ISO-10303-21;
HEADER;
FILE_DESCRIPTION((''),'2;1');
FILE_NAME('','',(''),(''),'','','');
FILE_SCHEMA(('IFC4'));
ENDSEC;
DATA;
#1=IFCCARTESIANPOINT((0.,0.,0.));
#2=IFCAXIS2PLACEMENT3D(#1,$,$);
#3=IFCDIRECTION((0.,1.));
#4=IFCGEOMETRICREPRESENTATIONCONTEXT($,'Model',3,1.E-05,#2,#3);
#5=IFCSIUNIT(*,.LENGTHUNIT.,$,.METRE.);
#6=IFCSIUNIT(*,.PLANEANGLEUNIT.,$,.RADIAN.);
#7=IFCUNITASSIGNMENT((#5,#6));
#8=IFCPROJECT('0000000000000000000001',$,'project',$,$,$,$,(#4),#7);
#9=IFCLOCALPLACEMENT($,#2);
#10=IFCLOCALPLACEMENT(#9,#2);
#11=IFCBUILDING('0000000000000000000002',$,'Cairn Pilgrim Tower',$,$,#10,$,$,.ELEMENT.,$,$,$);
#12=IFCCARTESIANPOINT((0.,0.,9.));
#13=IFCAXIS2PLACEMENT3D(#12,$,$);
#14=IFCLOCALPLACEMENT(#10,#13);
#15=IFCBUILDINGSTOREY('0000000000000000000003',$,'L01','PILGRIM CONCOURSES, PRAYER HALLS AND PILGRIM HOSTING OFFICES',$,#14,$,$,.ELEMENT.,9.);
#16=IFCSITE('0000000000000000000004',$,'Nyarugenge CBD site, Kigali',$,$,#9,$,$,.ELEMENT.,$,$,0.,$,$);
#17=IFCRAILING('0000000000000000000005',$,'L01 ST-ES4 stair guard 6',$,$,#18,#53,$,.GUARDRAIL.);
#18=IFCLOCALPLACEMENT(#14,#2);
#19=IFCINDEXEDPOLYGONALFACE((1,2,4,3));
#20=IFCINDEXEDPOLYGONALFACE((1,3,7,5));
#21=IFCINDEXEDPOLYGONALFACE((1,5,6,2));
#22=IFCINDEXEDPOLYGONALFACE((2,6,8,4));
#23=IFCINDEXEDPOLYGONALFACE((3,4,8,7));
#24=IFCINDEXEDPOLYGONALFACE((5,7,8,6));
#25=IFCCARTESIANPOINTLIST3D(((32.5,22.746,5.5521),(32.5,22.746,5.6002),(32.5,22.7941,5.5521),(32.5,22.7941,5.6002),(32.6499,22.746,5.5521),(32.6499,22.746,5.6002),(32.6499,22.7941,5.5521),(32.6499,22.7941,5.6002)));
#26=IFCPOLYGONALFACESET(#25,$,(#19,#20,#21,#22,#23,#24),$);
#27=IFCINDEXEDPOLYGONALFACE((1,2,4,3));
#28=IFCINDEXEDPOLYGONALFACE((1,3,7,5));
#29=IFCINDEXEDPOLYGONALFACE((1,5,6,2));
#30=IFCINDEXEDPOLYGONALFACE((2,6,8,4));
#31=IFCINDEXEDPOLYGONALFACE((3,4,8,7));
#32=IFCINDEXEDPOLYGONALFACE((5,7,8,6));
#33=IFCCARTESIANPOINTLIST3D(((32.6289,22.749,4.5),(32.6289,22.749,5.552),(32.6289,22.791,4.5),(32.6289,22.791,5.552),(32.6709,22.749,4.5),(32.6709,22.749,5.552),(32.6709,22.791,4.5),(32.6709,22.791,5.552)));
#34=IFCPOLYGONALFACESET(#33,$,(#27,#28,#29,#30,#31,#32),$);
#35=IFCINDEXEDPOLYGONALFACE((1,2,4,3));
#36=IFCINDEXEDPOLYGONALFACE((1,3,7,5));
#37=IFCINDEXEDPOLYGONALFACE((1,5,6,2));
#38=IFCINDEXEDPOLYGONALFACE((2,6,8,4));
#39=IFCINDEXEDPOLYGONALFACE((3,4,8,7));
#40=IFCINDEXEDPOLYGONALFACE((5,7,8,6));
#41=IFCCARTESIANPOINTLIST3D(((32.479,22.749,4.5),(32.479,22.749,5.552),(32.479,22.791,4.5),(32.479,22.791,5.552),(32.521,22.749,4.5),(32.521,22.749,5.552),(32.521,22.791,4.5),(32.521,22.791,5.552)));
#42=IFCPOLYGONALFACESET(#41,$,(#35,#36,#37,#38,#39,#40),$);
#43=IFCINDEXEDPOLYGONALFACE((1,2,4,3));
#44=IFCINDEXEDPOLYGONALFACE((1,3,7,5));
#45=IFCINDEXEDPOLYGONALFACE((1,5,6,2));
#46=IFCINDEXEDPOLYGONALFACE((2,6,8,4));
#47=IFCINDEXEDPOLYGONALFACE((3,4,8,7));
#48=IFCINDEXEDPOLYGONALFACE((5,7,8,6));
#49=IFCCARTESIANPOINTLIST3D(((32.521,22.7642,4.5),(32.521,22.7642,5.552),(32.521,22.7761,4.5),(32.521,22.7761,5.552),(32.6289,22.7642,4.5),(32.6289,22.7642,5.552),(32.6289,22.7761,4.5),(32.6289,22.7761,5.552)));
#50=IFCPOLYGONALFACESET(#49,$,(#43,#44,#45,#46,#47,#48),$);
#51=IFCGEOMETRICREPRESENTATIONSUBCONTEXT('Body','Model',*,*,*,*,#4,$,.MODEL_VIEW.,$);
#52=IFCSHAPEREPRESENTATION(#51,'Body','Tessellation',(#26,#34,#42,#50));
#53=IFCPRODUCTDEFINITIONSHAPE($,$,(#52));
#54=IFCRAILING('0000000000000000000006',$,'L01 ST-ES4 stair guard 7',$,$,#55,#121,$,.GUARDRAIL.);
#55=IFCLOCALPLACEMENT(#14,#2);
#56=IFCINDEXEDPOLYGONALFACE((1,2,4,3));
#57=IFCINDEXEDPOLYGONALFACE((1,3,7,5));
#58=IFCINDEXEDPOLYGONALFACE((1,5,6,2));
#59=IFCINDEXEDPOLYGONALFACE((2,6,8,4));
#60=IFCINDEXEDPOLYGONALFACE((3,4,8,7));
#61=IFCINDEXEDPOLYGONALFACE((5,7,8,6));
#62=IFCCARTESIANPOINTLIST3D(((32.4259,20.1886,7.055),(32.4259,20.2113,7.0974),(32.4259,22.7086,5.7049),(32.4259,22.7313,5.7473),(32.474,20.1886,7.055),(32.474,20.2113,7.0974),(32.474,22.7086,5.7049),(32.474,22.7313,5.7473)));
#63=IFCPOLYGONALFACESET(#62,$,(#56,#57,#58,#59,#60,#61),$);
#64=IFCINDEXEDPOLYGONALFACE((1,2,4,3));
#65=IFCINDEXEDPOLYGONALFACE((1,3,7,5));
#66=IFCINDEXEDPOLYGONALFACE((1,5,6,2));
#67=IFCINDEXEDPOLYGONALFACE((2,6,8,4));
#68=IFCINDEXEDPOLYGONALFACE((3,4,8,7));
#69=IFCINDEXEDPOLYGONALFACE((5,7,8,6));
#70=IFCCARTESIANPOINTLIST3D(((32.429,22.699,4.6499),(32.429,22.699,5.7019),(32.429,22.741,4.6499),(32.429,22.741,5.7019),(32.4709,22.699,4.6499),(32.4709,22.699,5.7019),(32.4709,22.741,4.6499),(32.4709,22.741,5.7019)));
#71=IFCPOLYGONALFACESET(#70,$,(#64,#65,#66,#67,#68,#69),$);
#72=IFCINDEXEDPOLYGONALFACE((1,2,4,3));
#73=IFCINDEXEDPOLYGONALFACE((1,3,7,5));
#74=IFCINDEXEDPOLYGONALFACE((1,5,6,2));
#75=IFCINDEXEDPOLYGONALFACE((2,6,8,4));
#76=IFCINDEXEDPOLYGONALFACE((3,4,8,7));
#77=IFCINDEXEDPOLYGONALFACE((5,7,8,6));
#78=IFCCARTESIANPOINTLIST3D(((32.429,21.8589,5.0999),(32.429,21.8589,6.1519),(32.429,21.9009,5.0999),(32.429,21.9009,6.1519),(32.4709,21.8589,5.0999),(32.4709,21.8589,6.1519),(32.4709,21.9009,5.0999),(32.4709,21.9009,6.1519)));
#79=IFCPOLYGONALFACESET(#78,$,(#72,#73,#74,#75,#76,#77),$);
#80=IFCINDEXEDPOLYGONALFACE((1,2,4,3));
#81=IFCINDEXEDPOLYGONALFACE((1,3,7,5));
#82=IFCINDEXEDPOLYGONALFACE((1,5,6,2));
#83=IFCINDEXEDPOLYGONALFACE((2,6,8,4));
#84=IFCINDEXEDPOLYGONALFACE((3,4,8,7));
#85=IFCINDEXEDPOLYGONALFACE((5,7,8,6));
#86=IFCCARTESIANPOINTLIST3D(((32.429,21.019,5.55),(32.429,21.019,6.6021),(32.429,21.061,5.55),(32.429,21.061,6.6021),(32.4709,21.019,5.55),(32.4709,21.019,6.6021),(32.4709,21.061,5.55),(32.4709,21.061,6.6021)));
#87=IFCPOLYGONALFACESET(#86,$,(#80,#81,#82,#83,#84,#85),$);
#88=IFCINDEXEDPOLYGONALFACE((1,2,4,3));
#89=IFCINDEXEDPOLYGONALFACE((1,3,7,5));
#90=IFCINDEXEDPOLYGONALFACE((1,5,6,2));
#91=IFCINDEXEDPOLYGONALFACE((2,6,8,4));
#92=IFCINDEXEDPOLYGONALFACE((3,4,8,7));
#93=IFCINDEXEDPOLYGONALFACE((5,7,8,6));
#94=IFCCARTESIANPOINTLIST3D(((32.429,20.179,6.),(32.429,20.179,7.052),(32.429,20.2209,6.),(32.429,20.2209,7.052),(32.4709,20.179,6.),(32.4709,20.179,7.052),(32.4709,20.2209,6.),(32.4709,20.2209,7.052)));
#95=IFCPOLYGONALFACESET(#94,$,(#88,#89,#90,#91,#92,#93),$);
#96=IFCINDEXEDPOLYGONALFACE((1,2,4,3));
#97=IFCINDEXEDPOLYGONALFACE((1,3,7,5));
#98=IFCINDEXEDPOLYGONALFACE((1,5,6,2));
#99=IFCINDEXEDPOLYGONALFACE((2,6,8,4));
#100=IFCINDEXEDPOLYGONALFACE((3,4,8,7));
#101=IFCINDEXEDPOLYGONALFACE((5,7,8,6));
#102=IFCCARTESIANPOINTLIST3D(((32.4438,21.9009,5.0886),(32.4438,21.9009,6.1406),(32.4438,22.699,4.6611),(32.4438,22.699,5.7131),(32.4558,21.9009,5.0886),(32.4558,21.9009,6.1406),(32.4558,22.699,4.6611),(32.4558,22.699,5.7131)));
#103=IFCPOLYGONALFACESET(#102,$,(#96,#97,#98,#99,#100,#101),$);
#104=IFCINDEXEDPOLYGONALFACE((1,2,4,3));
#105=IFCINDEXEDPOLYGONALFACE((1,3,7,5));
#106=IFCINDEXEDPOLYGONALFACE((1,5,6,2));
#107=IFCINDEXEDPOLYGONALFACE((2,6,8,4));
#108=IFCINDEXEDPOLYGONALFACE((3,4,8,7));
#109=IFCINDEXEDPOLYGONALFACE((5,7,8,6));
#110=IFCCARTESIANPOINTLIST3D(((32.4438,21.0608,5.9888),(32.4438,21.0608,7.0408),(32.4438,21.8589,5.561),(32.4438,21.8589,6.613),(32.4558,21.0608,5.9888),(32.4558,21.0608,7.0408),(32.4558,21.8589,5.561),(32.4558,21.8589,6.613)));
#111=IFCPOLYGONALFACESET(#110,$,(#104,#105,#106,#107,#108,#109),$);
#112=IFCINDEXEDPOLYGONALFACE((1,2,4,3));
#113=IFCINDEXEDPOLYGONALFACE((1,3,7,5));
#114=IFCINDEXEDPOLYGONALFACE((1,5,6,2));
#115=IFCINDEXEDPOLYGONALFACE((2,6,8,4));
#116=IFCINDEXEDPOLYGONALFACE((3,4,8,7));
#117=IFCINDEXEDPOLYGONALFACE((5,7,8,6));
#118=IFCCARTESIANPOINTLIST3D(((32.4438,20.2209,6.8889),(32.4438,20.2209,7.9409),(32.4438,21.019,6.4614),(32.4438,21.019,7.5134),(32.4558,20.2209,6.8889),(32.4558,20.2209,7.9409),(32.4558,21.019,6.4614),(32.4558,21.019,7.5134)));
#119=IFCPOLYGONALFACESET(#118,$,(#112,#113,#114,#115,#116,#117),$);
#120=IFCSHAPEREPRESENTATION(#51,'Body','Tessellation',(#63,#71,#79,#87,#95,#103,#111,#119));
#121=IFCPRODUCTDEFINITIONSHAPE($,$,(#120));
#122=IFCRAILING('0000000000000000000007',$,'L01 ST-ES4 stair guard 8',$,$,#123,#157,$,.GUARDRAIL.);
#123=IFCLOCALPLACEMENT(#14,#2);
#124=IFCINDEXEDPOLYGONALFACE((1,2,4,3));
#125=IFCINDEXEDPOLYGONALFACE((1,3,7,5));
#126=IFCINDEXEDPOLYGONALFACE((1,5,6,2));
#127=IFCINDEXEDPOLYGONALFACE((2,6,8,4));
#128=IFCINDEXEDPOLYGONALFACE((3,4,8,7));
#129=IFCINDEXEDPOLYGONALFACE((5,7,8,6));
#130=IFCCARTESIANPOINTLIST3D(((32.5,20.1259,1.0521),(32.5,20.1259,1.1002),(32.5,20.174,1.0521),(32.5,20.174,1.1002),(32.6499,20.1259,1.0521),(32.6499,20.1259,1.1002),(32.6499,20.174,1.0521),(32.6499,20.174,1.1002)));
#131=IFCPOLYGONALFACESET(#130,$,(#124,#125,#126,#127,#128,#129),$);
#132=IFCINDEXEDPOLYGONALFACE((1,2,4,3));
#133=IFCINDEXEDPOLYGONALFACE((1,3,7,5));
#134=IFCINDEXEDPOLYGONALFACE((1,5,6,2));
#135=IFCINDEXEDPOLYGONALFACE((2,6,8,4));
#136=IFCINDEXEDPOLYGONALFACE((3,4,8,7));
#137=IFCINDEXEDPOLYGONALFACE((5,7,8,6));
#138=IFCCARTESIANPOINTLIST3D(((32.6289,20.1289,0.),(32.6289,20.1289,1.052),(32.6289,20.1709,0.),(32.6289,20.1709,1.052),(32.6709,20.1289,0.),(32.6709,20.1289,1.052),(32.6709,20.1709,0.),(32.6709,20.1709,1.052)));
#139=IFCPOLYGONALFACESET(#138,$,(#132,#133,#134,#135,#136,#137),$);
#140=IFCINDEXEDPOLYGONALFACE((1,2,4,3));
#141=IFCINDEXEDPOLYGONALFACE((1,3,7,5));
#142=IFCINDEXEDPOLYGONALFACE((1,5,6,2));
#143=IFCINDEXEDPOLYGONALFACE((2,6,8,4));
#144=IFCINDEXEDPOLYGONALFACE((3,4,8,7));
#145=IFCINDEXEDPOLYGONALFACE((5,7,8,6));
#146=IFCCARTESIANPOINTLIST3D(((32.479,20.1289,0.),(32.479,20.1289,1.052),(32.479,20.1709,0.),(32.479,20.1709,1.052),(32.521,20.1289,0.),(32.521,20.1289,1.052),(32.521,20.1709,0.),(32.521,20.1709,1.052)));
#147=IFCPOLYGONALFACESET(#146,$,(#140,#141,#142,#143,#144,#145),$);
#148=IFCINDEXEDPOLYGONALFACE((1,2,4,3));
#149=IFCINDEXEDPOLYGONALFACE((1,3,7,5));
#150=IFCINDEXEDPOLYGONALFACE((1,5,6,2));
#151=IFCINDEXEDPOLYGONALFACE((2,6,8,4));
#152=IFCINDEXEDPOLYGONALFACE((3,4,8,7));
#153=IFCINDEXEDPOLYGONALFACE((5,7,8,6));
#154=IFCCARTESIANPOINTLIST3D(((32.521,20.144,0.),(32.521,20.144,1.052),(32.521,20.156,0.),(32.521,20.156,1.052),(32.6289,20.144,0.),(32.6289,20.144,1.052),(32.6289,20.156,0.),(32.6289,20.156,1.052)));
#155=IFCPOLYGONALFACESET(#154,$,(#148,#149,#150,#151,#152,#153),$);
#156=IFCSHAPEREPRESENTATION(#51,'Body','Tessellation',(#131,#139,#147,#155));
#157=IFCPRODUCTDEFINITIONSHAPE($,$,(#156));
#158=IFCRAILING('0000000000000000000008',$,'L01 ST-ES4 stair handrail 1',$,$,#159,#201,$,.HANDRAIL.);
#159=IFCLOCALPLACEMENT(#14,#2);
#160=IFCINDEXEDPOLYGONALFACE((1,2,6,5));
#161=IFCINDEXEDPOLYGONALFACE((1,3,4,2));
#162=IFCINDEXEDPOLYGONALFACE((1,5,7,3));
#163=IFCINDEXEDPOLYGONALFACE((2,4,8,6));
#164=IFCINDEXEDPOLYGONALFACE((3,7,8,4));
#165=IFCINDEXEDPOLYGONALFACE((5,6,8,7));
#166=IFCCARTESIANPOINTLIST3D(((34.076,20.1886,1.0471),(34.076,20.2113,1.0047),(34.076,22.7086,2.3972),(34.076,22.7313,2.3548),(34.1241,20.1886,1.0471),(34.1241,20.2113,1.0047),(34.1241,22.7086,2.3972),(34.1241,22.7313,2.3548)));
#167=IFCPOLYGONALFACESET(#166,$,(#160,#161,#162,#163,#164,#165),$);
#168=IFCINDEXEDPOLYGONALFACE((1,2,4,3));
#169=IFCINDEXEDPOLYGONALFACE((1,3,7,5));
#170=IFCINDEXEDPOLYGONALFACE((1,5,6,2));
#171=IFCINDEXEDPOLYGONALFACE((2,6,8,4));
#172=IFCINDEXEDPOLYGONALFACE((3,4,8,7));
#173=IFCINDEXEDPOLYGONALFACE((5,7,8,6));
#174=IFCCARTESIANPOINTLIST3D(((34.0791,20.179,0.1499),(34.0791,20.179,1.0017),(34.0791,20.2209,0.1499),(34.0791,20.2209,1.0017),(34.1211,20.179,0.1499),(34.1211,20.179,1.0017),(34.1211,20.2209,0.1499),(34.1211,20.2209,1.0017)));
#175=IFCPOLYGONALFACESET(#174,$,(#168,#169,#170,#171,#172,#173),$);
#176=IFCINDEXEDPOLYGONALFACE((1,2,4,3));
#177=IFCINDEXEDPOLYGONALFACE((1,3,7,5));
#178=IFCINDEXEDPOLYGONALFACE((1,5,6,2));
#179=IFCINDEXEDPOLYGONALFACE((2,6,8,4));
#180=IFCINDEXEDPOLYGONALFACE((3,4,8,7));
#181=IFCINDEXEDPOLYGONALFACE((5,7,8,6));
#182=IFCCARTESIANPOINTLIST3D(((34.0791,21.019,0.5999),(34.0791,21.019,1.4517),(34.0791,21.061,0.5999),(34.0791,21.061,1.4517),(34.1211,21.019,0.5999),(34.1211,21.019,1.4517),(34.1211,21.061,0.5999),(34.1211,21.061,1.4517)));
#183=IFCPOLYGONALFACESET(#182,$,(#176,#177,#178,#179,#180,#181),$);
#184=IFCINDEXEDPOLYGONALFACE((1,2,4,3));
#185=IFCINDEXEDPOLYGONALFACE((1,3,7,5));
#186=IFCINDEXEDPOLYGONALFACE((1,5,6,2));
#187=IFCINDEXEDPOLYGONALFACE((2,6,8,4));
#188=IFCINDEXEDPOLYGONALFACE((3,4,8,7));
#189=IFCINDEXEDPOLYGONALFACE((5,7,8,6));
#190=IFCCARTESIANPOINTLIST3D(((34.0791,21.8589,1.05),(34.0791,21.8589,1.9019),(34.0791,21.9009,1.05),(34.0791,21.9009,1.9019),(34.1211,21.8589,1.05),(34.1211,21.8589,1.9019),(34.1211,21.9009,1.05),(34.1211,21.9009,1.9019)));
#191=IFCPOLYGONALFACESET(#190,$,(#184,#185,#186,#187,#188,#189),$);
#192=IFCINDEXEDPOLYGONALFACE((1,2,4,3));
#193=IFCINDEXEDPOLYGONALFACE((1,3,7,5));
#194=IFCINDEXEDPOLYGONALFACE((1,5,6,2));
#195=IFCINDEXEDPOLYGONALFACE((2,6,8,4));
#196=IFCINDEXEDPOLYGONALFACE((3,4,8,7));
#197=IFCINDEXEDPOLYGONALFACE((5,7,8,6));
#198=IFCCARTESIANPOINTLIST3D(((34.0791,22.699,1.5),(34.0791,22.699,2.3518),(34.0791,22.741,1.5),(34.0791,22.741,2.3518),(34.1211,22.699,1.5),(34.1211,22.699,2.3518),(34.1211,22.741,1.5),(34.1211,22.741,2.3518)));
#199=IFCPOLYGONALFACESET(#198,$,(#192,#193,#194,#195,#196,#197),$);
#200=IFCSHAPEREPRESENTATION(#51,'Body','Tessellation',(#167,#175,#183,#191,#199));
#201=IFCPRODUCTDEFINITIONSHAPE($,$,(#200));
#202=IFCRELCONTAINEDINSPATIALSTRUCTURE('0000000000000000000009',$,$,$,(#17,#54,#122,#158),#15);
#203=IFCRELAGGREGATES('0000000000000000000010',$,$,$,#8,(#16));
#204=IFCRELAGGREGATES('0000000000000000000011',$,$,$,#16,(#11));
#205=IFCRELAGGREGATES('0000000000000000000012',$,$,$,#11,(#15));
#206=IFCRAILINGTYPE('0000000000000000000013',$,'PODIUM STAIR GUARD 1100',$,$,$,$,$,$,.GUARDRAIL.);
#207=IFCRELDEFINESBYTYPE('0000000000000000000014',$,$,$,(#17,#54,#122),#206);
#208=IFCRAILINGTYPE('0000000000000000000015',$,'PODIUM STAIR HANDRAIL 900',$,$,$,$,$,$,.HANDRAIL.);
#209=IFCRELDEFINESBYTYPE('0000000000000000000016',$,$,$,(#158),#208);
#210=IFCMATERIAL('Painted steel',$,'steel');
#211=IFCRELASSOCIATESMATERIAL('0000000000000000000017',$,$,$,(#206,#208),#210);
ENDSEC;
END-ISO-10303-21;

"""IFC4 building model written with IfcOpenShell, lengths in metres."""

from ifc_helpers import new_model, si_unit, direction, frame, origin, origin_2d, place, context, subcontext, project, spatial, polyline, rectangle, outline, extrude, material, type_object, element, save


model = new_model("IFC4")

# Units and contexts
model_context = context("Model", 3, precision=1e-05, world=origin(), true_north=direction((0.0, 1.0)))
body_context = subcontext(model_context, "Body", "Model", "MODEL_VIEW")
ifc_project = project(units=[si_unit("LENGTHUNIT", "METRE"), si_unit("PLANEANGLEUNIT", "RADIAN")], contexts=[model_context])

# Site, building, storey
site_placement = place(None, origin())
site = spatial("IfcSite", under=ifc_project, at=site_placement, Name="Nyarugenge CBD site, Kigali", CompositionType="ELEMENT", RefElevation=0.0)
building_placement = place(site_placement, origin())
building = spatial("IfcBuilding", under=site, at=building_placement, Name="Cairn Pilgrim Tower", CompositionType="ELEMENT")
storey_placement = place(building_placement, frame((0.0, 0.0, 9.0)))
storey = spatial("IfcBuildingStorey", under=building, at=storey_placement, Name="L01", Description="PILGRIM CONCOURSES, PRAYER HALLS AND PILGRIM HOSTING OFFICES", CompositionType="ELEMENT", Elevation=9.0)

# Railings
ifc_material_1 = material(Name="Painted steel", Category="steel")
railing_type_1 = type_object("IfcRailingType", Name="PODIUM STAIR GUARD 1100", PredefinedType="GUARDRAIL", material=ifc_material_1)
railing_1_placement = place(storey_placement, frame((32.6499, 22.77, 4.5)))
element("IfcRailing", 1, at=railing_1_placement, inside=storey, type_object=railing_type_1, Name="L01 ST-ES4 stair guard 6", PredefinedType="GUARDRAIL", context=body_context, shape_type="SweptSolid", body=[
    extrude(rectangle(XDim=0.0481, YDim=0.0481, at=origin_2d()), frame((0.0, 0.0, 1.0762), z_axis=(-1.0, 0.0, 0.0), x_axis=(0.0, -1.0, 0.0)), (0.0, 0.0, 1.0), 0.1499),
    extrude(rectangle(XDim=0.042, YDim=0.042, at=origin_2d()), origin(), (0.0, 0.0, 1.0), 1.052),
    extrude(rectangle(XDim=0.042, YDim=0.042, at=origin_2d()), frame((-0.1499, 0.0, 0.0)), (0.0, 0.0, 1.0), 1.052),
    extrude(outline(polyline([(0.021, 0.0), (0.1289, 0.0), (0.1289, 1.052), (0.021, 1.052), (0.021, 0.0)])), frame((0.0, -0.0059, 0.0), z_axis=(0.0, 1.0, 0.0), x_axis=(-1.0, 0.0, 0.0)), (0.0, 0.0, 1.0), 0.012),
])
railing_2_placement = place(storey_placement, frame((32.45, 22.72, 4.6499)))
element("IfcRailing", 2, at=railing_2_placement, inside=storey, type_object=railing_type_1, Name="L01 ST-ES4 stair guard 7", PredefinedType="GUARDRAIL", context=body_context, shape_type="SweptSolid", body=[
    extrude(rectangle(XDim=0.0481, YDim=0.0481, at=origin_2d()), frame((0.0, 0.0, 1.0762), z_axis=(0.0, -0.881467, 0.472245), x_axis=(1.0, 0.0, 0.0)), (0.0, 0.0, 1.0), 2.8589),
    extrude(rectangle(XDim=0.042, YDim=0.042, at=origin_2d()), origin(), (0.0, 0.0, 1.0), 1.052),
    extrude(rectangle(XDim=0.042, YDim=0.042, at=origin_2d()), frame((0.0, -0.8401, 0.45)), (0.0, 0.0, 1.0), 1.052),
    extrude(rectangle(XDim=0.042, YDim=0.042, at=origin_2d()), frame((0.0, -1.6799, 0.9001)), (0.0, 0.0, 1.0), 1.052),
    extrude(rectangle(XDim=0.042, YDim=0.042, at=origin_2d()), frame((0.0, -2.52, 1.3501)), (0.0, 0.0, 1.0), 1.052),
    extrude(outline(polyline([(0.021, 0.0112), (0.8191, 0.4387), (0.8191, 1.4907), (0.021, 1.0632), (0.021, 0.0112)])), frame((0.0059, 0.0, 0.0), z_axis=(-1.0, 0.0, 0.0), x_axis=(0.0, -1.0, 0.0)), (0.0, 0.0, 1.0), 0.012),
    extrude(outline(polyline([(0.021, 0.4612), (0.8191, 0.8889), (0.8191, 1.9409), (0.021, 1.5132), (0.021, 0.4612)])), frame((0.0059, -0.8401, 0.45), z_axis=(-1.0, 0.0, 0.0), x_axis=(0.0, -1.0, 0.0)), (0.0, 0.0, 1.0), 0.012),
    extrude(outline(polyline([(0.021, 0.9114), (0.8191, 1.3389), (0.8191, 2.3909), (0.021, 1.9634), (0.021, 0.9114)])), frame((0.0059, -1.6799, 0.9001), z_axis=(-1.0, 0.0, 0.0), x_axis=(0.0, -1.0, 0.0)), (0.0, 0.0, 1.0), 0.012),
])
railing_3_placement = place(storey_placement, frame((32.6499, 20.1499, 0.0)))
element("IfcRailing", 3, at=railing_3_placement, inside=storey, type_object=railing_type_1, Name="L01 ST-ES4 stair guard 8", PredefinedType="GUARDRAIL", context=body_context, shape_type="SweptSolid", body=[
    extrude(rectangle(XDim=0.0481, YDim=0.0481, at=origin_2d()), frame((0.0, 0.0, 1.0762), z_axis=(-1.0, 0.0, 0.0), x_axis=(0.0, -1.0, 0.0)), (0.0, 0.0, 1.0), 0.1499),
    extrude(rectangle(XDim=0.042, YDim=0.042, at=origin_2d()), origin(), (0.0, 0.0, 1.0), 1.052),
    extrude(rectangle(XDim=0.042, YDim=0.042, at=origin_2d()), frame((-0.1499, 0.0, 0.0)), (0.0, 0.0, 1.0), 1.052),
    extrude(outline(polyline([(0.021, 0.0), (0.1289, 0.0), (0.1289, 1.052), (0.021, 1.052), (0.021, 0.0)])), frame((0.0, -0.0059, 0.0), z_axis=(0.0, 1.0, 0.0), x_axis=(-1.0, 0.0, 0.0)), (0.0, 0.0, 1.0), 0.012),
])
railing_type_2 = type_object("IfcRailingType", Name="PODIUM STAIR HANDRAIL 900", PredefinedType="HANDRAIL", material=ifc_material_1)
for number, where, name in (
    (4, (34.1001, 20.2, 0.1499), "L01 ST-ES4 stair handrail 1"),
):
    element("IfcRailing", number, at=place(storey_placement, frame(where)), inside=storey, type_object=railing_type_2, Name=name, PredefinedType="HANDRAIL", context=body_context, shape_type="SweptSolid", body=[
        extrude(rectangle(XDim=0.0481, YDim=0.0481, at=origin_2d()), frame((0.0, 0.0, 0.876), z_axis=(0.0, 0.881467, 0.472245), x_axis=(-1.0, 0.0, 0.0)), (0.0, 0.0, 1.0), 2.8589),
        extrude(rectangle(XDim=0.042, YDim=0.042, at=origin_2d()), origin(), (0.0, 0.0, 1.0), 0.8518),
        extrude(rectangle(XDim=0.042, YDim=0.042, at=origin_2d()), frame((0.0, 0.8401, 0.45)), (0.0, 0.0, 1.0), 0.8518),
        extrude(rectangle(XDim=0.042, YDim=0.042, at=origin_2d()), frame((0.0, 1.6799, 0.9001)), (0.0, 0.0, 1.0), 0.8518),
        extrude(rectangle(XDim=0.042, YDim=0.042, at=origin_2d()), frame((0.0, 2.52, 1.3501)), (0.0, 0.0, 1.0), 0.8518),
    ])

save(model, "model.ifc")
